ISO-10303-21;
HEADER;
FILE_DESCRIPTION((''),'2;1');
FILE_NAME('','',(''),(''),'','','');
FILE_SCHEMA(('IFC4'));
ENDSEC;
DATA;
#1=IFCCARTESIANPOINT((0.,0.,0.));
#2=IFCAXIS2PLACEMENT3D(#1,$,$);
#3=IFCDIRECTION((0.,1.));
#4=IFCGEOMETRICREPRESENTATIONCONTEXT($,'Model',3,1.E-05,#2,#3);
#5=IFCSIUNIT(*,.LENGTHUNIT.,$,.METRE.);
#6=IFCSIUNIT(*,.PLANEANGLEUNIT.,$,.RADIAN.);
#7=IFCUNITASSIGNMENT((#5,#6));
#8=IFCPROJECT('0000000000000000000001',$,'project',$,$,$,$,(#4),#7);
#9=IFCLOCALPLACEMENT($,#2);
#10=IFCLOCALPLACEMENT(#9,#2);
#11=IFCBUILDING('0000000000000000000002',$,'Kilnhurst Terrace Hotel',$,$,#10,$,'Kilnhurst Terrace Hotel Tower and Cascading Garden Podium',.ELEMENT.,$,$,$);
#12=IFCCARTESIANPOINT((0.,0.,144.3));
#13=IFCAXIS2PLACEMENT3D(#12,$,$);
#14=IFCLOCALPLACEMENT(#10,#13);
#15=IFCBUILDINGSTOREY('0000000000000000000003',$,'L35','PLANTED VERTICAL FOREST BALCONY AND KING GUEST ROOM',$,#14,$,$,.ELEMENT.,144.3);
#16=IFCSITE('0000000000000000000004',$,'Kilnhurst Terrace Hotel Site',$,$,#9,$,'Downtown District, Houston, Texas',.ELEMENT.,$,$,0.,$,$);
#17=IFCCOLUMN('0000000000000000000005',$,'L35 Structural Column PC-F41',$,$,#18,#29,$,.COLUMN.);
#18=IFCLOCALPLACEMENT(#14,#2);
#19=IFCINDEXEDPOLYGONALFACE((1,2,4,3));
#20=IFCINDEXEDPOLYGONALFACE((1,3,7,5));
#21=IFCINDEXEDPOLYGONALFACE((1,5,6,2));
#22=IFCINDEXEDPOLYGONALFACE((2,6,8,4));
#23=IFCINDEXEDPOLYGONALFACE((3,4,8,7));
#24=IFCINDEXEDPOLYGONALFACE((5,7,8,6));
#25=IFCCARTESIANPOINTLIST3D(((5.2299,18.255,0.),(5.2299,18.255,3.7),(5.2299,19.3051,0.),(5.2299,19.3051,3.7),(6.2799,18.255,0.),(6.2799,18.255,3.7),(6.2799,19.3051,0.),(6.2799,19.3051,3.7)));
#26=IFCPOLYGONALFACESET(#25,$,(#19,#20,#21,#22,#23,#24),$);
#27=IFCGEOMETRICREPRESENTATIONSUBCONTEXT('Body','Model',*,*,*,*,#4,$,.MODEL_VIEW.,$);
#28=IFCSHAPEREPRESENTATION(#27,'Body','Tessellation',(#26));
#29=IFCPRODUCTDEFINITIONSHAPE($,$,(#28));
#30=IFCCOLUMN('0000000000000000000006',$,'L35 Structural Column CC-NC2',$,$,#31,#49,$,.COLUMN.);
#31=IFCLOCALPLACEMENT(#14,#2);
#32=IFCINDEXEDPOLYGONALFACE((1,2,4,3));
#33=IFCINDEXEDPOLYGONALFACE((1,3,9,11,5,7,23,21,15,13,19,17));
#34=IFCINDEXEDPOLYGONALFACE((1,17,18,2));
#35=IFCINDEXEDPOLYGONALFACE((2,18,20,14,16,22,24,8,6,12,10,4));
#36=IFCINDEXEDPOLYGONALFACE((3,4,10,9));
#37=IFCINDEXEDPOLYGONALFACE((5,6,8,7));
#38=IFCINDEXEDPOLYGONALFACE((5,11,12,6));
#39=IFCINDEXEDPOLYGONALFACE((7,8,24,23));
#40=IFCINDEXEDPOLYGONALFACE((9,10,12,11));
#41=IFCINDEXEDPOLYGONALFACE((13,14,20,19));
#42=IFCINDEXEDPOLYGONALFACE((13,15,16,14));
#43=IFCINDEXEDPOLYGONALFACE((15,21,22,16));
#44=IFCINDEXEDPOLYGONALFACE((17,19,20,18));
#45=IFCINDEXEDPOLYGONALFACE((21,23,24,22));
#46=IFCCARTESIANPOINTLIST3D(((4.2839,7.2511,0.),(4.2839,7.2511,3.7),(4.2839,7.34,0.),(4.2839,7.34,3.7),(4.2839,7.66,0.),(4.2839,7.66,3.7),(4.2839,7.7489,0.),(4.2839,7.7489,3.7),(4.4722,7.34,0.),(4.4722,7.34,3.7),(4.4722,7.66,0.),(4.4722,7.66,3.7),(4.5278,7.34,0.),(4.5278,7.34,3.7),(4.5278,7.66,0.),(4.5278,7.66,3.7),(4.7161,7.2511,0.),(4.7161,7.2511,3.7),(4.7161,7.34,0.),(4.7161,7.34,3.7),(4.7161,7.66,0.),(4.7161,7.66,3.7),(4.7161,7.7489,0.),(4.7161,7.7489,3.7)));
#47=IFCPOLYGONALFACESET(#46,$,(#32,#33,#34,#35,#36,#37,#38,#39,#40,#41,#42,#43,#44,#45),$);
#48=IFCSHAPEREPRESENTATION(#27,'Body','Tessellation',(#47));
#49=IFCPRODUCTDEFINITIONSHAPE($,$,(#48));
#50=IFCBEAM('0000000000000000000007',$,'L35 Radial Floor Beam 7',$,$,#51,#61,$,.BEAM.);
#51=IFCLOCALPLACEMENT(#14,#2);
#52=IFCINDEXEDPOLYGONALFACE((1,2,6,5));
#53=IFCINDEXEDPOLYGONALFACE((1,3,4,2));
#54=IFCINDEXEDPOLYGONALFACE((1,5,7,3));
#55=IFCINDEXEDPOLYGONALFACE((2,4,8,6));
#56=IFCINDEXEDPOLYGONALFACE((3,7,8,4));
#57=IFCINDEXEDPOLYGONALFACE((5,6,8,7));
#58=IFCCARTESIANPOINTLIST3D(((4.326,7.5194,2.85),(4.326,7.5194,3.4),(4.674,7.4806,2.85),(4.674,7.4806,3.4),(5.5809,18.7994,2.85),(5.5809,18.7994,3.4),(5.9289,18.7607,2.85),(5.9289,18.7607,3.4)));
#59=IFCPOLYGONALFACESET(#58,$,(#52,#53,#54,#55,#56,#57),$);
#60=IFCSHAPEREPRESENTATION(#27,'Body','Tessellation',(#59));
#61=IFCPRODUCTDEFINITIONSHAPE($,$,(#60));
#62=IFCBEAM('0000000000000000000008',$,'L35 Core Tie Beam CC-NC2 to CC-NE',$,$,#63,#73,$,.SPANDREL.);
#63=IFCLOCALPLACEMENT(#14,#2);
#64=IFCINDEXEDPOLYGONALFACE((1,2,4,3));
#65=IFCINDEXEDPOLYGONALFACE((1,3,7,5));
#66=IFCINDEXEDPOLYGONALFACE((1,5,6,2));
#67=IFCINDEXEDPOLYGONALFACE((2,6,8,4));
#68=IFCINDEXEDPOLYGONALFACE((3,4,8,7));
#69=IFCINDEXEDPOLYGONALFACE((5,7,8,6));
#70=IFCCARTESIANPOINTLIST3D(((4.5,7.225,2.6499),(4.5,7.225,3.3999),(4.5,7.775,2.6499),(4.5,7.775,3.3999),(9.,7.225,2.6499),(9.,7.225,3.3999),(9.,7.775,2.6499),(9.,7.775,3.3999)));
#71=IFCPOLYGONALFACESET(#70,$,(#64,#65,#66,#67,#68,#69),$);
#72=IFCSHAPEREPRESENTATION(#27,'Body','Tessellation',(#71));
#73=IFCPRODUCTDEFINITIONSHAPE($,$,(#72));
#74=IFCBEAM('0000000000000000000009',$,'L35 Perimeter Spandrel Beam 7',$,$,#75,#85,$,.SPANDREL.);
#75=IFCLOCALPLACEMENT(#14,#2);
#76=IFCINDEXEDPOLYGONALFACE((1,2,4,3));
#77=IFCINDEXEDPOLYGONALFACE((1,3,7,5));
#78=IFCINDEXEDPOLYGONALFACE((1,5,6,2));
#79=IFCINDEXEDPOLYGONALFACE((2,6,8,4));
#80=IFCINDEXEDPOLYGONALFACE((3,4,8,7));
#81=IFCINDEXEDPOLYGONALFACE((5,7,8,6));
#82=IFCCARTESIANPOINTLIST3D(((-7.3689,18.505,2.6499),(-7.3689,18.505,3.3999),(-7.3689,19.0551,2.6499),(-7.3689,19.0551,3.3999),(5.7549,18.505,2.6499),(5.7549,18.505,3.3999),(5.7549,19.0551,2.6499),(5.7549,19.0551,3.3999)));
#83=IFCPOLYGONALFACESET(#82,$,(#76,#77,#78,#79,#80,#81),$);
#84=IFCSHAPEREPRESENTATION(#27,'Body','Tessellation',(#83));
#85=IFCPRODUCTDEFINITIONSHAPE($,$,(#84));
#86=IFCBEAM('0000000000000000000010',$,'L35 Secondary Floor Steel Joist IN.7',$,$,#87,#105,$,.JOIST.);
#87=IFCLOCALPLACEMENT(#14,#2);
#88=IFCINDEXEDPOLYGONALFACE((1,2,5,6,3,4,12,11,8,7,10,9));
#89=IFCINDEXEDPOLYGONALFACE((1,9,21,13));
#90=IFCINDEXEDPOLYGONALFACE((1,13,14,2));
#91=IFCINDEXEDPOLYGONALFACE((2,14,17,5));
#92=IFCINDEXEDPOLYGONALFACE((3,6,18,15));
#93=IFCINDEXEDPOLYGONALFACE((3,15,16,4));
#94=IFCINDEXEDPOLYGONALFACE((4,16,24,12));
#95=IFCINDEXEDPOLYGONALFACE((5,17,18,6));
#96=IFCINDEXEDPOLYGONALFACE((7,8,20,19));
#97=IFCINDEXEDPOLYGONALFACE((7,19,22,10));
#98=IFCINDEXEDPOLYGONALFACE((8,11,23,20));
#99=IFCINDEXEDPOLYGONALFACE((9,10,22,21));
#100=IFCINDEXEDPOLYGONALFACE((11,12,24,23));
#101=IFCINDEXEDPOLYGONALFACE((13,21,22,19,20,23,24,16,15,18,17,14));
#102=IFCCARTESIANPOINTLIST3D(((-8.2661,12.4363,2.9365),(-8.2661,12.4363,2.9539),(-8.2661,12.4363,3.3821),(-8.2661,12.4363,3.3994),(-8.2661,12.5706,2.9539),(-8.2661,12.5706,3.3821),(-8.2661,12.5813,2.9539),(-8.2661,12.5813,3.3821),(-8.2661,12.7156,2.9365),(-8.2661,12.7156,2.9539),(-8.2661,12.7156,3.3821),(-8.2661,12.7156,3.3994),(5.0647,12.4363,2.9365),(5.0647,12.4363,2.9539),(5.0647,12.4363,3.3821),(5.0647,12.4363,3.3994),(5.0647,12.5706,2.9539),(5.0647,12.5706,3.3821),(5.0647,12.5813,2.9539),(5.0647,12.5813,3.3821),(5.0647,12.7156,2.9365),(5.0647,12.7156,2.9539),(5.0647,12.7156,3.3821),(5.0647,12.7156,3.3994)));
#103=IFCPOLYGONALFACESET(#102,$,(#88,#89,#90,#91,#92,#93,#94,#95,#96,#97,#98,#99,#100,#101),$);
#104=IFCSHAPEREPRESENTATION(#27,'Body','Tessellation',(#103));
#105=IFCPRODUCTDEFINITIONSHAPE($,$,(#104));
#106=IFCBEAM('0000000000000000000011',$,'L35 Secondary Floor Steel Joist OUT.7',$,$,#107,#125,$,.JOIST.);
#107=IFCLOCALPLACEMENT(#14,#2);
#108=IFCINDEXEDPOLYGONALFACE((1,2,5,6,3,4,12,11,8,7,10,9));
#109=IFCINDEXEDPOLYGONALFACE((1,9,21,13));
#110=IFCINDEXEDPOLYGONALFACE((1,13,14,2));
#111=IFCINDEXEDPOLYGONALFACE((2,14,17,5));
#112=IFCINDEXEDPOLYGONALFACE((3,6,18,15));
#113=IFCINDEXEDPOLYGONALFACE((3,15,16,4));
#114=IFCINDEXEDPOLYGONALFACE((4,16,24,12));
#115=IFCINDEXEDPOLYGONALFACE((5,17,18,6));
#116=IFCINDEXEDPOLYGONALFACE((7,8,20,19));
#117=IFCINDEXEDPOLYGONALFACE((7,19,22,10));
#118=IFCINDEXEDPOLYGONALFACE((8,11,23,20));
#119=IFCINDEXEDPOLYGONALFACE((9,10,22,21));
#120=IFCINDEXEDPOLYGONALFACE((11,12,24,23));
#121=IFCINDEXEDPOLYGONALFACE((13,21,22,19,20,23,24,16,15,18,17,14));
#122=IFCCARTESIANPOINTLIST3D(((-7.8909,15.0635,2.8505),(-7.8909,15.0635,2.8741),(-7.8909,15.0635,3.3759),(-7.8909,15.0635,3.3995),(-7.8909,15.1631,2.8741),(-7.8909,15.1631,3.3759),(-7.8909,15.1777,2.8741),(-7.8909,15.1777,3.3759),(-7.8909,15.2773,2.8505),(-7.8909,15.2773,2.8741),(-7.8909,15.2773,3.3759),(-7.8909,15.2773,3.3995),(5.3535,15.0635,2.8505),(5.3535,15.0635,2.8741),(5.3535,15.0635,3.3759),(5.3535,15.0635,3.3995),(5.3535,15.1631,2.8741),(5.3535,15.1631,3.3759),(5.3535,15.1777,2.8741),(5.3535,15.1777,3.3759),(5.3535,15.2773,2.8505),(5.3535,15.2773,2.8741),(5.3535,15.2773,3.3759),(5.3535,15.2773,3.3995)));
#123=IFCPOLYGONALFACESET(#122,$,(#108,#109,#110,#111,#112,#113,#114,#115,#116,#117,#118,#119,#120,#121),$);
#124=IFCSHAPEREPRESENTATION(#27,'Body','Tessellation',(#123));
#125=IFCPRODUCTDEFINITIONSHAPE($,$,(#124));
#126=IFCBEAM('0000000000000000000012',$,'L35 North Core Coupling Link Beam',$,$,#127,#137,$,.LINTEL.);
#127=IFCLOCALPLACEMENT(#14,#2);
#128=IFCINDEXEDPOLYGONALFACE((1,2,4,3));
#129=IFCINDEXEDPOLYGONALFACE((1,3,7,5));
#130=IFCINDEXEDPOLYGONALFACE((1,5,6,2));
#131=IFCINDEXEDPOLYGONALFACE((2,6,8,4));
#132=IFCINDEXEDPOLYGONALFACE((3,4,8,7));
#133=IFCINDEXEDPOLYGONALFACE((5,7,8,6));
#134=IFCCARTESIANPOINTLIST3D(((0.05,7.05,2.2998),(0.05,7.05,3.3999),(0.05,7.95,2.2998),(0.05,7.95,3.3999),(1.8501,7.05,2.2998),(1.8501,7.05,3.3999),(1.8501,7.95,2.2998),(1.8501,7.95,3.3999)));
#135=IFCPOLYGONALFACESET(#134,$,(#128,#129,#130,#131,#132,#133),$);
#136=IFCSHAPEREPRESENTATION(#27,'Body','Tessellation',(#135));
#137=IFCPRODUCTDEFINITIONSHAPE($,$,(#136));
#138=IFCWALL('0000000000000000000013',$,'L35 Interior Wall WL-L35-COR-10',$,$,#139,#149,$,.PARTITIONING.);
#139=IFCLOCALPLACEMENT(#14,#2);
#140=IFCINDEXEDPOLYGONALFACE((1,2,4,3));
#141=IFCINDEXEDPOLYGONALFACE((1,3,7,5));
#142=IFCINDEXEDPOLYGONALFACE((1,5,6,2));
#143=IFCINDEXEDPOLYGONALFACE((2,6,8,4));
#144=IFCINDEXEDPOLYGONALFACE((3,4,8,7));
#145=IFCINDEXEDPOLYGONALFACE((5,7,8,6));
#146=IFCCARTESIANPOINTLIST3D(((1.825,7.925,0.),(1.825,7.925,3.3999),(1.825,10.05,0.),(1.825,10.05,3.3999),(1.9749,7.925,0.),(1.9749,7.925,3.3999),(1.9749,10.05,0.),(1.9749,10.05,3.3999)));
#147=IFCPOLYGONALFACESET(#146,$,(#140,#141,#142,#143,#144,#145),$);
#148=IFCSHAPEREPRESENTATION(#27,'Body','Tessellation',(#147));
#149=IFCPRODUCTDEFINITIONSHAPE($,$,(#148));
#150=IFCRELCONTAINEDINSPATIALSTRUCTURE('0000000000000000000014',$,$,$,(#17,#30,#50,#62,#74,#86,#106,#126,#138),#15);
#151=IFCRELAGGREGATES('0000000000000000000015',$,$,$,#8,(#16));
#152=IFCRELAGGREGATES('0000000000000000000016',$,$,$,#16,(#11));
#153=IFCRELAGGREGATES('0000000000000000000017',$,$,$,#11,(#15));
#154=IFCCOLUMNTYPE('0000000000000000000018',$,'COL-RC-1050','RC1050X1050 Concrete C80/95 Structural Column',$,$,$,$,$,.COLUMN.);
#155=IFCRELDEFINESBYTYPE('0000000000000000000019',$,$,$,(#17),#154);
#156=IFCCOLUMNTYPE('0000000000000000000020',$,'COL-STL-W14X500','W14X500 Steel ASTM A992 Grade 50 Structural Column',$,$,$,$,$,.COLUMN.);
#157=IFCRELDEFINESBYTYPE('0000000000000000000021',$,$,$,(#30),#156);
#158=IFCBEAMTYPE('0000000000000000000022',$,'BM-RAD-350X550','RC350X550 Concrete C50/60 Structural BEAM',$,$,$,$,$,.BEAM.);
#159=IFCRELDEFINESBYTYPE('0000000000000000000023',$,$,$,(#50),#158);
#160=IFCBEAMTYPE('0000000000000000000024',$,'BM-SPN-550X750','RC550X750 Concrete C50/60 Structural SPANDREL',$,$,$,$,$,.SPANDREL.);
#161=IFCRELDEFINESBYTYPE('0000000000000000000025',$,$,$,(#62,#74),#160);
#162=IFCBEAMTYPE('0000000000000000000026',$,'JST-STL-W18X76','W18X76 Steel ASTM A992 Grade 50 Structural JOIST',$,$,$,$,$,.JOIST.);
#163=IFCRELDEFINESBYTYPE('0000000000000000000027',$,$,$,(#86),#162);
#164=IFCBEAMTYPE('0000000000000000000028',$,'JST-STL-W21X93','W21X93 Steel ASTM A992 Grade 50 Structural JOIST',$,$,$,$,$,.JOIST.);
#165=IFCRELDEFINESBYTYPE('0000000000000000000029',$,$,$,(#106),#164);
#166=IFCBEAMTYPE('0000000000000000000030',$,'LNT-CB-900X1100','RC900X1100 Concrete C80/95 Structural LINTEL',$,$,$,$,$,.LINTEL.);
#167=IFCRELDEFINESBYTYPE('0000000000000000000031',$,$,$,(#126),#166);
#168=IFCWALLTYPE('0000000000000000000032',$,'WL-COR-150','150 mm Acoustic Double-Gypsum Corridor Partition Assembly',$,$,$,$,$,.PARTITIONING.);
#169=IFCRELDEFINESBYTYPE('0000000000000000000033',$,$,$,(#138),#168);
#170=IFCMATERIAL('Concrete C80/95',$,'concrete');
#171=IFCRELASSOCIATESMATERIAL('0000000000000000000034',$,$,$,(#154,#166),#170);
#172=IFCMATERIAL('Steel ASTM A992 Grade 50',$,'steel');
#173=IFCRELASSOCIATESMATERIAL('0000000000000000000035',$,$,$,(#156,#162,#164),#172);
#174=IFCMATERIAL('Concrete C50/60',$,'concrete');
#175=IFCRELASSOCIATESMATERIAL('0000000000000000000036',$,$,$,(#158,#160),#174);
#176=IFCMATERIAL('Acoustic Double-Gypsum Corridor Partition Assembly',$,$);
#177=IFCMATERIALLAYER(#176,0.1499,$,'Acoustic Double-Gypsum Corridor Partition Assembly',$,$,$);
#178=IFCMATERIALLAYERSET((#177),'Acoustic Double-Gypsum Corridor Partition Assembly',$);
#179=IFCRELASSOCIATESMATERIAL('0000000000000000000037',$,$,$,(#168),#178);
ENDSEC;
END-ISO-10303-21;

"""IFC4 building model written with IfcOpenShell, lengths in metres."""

from ifc_helpers import new_model, si_unit, direction, frame, frame_2d, origin, origin_2d, place, context, subcontext, project, spatial, rectangle, i_section, extrude, material, layer, layer_set, material_profile, profile_set, type_object, element, save


model = new_model("IFC4")

# Units and contexts
model_context = context("Model", 3, precision=1e-05, world=origin(), true_north=direction((0.0, 1.0)))
body_context = subcontext(model_context, "Body", "Model", "MODEL_VIEW")
ifc_project = project(units=[si_unit("LENGTHUNIT", "METRE"), si_unit("PLANEANGLEUNIT", "RADIAN")], contexts=[model_context])

# Site, building, storey
site_placement = place(None, origin())
site = spatial("IfcSite", under=ifc_project, at=site_placement, Name="Kilnhurst Terrace Hotel Site", LongName="Downtown District, Houston, Texas", CompositionType="ELEMENT", RefElevation=0.0)
building_placement = place(site_placement, origin())
building = spatial("IfcBuilding", under=site, at=building_placement, Name="Kilnhurst Terrace Hotel", LongName="Kilnhurst Terrace Hotel Tower and Cascading Garden Podium", CompositionType="ELEMENT")
storey_placement = place(building_placement, frame((0.0, 0.0, 144.3)))
storey = spatial("IfcBuildingStorey", under=building, at=storey_placement, Name="L35", Description="PLANTED VERTICAL FOREST BALCONY AND KING GUEST ROOM", CompositionType="ELEMENT", Elevation=144.3)

# Columns
ifc_material_1 = material(Name="Concrete C80/95", Category="concrete")
ifc_material_profile_1 = material_profile(ifc_material_1, rectangle(XDim=1.05, YDim=1.05, at=origin_2d()), Name="RC1050X1050")
ifc_profile_set_1 = profile_set([ifc_material_profile_1], Name="Concrete C80/95")
column_type_1 = type_object("IfcColumnType", Name="COL-RC-1050", Description="RC1050X1050 Concrete C80/95 Structural Column", PredefinedType="COLUMN", material=ifc_profile_set_1)
column_1_placement = place(storey_placement, frame((5.7549, 18.78, 0.0), z_axis=(0.0, 0.0, 1.0), x_axis=(1.0, 0.0, 0.0)))
element("IfcColumn", 1, at=column_1_placement, inside=storey, type_object=column_type_1, Name="L35 Structural Column PC-F41", PredefinedType="COLUMN", context=body_context, shape_type="SweptSolid", body=[
    extrude(rectangle(XDim=1.05, YDim=1.05, at=origin_2d()), origin(), (0.0, 0.0, 1.0), 3.7),
])
ifc_material_2 = material(Name="Steel ASTM A992 Grade 50", Category="steel")
ifc_material_profile_2 = material_profile(ifc_material_2, i_section(OverallWidth=0.4321, OverallDepth=0.4978, WebThickness=0.0557, FlangeThickness=0.0889, at=origin_2d()), Name="W14X500")
ifc_profile_set_2 = profile_set([ifc_material_profile_2], Name="Steel ASTM A992 Grade 50")
column_type_2 = type_object("IfcColumnType", Name="COL-STL-W14X500", Description="W14X500 Steel ASTM A992 Grade 50 Structural Column", PredefinedType="COLUMN", material=ifc_profile_set_2)
column_2_placement = place(storey_placement, frame((4.5, 7.5, 0.0), z_axis=(0.0, 0.0, 1.0), x_axis=(1.0, 0.0, 0.0)))
element("IfcColumn", 2, at=column_2_placement, inside=storey, type_object=column_type_2, Name="L35 Structural Column CC-NC2", PredefinedType="COLUMN", context=body_context, shape_type="SweptSolid", body=[
    extrude(i_section(OverallWidth=0.4321, OverallDepth=0.4978, WebThickness=0.0557, FlangeThickness=0.0889, at=origin_2d()), origin(), (0.0, 0.0, 1.0), 3.7),
])

# Beams
ifc_material_3 = material(Name="Concrete C50/60", Category="concrete")
ifc_material_profile_3 = material_profile(ifc_material_3, rectangle(XDim=0.3501, YDim=0.55, at=origin_2d()), Name="RC350X550")
ifc_profile_set_3 = profile_set([ifc_material_profile_3], Name="Concrete C50/60")
beam_type_1 = type_object("IfcBeamType", Name="BM-RAD-350X550", Description="RC350X550 Concrete C50/60 Structural BEAM", PredefinedType="BEAM", material=ifc_profile_set_3)
beam_1_placement = place(storey_placement, frame((4.5, 7.5, 3.125), z_axis=(0.110566, 0.993869, 0.0), x_axis=(-0.993869, 0.110566, 0.0)))
element("IfcBeam", 3, at=beam_1_placement, inside=storey, type_object=beam_type_1, Name="L35 Radial Floor Beam 7", PredefinedType="BEAM", context=body_context, shape_type="SweptSolid", body=[
    extrude(rectangle(XDim=0.3501, YDim=0.55, at=origin_2d()), origin(), (0.0, 0.0, 1.0), 11.3496),
])
ifc_material_profile_4 = material_profile(ifc_material_3, rectangle(XDim=0.55, YDim=0.75, at=origin_2d()), Name="RC550X750")
ifc_profile_set_4 = profile_set([ifc_material_profile_4], Name="Concrete C50/60")
beam_type_2 = type_object("IfcBeamType", Name="BM-SPN-550X750", Description="RC550X750 Concrete C50/60 Structural SPANDREL", PredefinedType="SPANDREL", material=ifc_profile_set_4)
beam_2_placement = place(storey_placement, frame((4.5, 7.5, 3.0249), z_axis=(1.0, 0.0, 0.0), x_axis=(0.0, 1.0, 0.0)))
element("IfcBeam", 4, at=beam_2_placement, inside=storey, type_object=beam_type_2, Name="L35 Core Tie Beam CC-NC2 to CC-NE", PredefinedType="SPANDREL", context=body_context, shape_type="SweptSolid", body=[
    extrude(rectangle(XDim=0.55, YDim=0.75, at=origin_2d()), origin(), (0.0, 0.0, 1.0), 4.5),
])
beam_3_placement = place(storey_placement, frame((5.7549, 18.78, 3.0249), z_axis=(-1.0, 0.0, 0.0), x_axis=(0.0, -1.0, 0.0)))
element("IfcBeam", 5, at=beam_3_placement, inside=storey, type_object=beam_type_2, Name="L35 Perimeter Spandrel Beam 7", PredefinedType="SPANDREL", context=body_context, shape_type="SweptSolid", body=[
    extrude(rectangle(XDim=0.55, YDim=0.75, at=origin_2d()), origin(), (0.0, 0.0, 1.0), 13.1238),
])
ifc_material_profile_5 = material_profile(ifc_material_2, i_section(OverallWidth=0.2793, OverallDepth=0.4629, WebThickness=0.0107, FlangeThickness=0.0173, at=origin_2d()), Name="W18X76")
ifc_profile_set_5 = profile_set([ifc_material_profile_5], Name="Steel ASTM A992 Grade 50")
beam_type_3 = type_object("IfcBeamType", Name="JST-STL-W18X76", Description="W18X76 Steel ASTM A992 Grade 50 Structural JOIST", PredefinedType="JOIST", material=ifc_profile_set_5)
beam_4_placement = place(storey_placement, frame((5.0647, 12.5759, 3.168), z_axis=(-1.0, 0.0, 0.0), x_axis=(0.0, -1.0, 0.0)))
element("IfcBeam", 6, at=beam_4_placement, inside=storey, type_object=beam_type_3, Name="L35 Secondary Floor Steel Joist IN.7", PredefinedType="JOIST", context=body_context, shape_type="SweptSolid", body=[
    extrude(i_section(OverallWidth=0.2793, OverallDepth=0.4629, WebThickness=0.0107, FlangeThickness=0.0173, at=origin_2d()), origin(), (0.0, 0.0, 1.0), 13.3308),
])
ifc_material_profile_6 = material_profile(ifc_material_2, i_section(OverallWidth=0.2139, OverallDepth=0.5491, WebThickness=0.0146, FlangeThickness=0.0237, at=origin_2d()), Name="W21X93")
ifc_profile_set_6 = profile_set([ifc_material_profile_6], Name="Steel ASTM A992 Grade 50")
beam_type_4 = type_object("IfcBeamType", Name="JST-STL-W21X93", Description="W21X93 Steel ASTM A992 Grade 50 Structural JOIST", PredefinedType="JOIST", material=ifc_profile_set_6)
beam_5_placement = place(storey_placement, frame((5.3535, 15.1704, 3.125), z_axis=(-1.0, 0.0, 0.0), x_axis=(0.0, -1.0, 0.0)))
element("IfcBeam", 7, at=beam_5_placement, inside=storey, type_object=beam_type_4, Name="L35 Secondary Floor Steel Joist OUT.7", PredefinedType="JOIST", context=body_context, shape_type="SweptSolid", body=[
    extrude(i_section(OverallWidth=0.2139, OverallDepth=0.5491, WebThickness=0.0146, FlangeThickness=0.0237, at=origin_2d()), origin(), (0.0, 0.0, 1.0), 13.2444),
])
ifc_material_profile_7 = material_profile(ifc_material_1, rectangle(XDim=0.8999, YDim=1.1001, at=origin_2d()), Name="RC900X1100")
ifc_profile_set_7 = profile_set([ifc_material_profile_7], Name="Concrete C80/95")
beam_type_5 = type_object("IfcBeamType", Name="LNT-CB-900X1100", Description="RC900X1100 Concrete C80/95 Structural LINTEL", PredefinedType="LINTEL", material=ifc_profile_set_7)
beam_6_placement = place(storey_placement, frame((0.05, 7.5, 2.8499), z_axis=(1.0, 0.0, 0.0), x_axis=(0.0, 1.0, 0.0)))
element("IfcBeam", 8, at=beam_6_placement, inside=storey, type_object=beam_type_5, Name="L35 North Core Coupling Link Beam", PredefinedType="LINTEL", context=body_context, shape_type="SweptSolid", body=[
    extrude(rectangle(XDim=0.8999, YDim=1.1001, at=origin_2d()), origin(), (0.0, 0.0, 1.0), 1.8),
])

# Wall
ifc_material_4 = material(Name="Acoustic Double-Gypsum Corridor Partition Assembly")
ifc_layer_1 = layer(ifc_material_4, 0.1499, Name="Acoustic Double-Gypsum Corridor Partition Assembly")
ifc_layer_set_1 = layer_set([ifc_layer_1], Name="Acoustic Double-Gypsum Corridor Partition Assembly")
wall_type_1 = type_object("IfcWallType", Name="WL-COR-150", Description="150 mm Acoustic Double-Gypsum Corridor Partition Assembly", PredefinedType="PARTITIONING", material=ifc_layer_set_1)
wall_1_placement = place(storey_placement, frame((1.8999, 10.05, 0.0), z_axis=(0.0, 0.0, 1.0), x_axis=(0.0, -1.0, 0.0)))
element("IfcWall", 9, at=wall_1_placement, inside=storey, type_object=wall_type_1, Name="L35 Interior Wall WL-L35-COR-10", PredefinedType="PARTITIONING", context=body_context, shape_type="SweptSolid", body=[
    extrude(rectangle(XDim=2.125, YDim=0.1499, at=frame_2d((1.0625, 0.0))), origin(), (0.0, 0.0, 1.0), 3.3999),
])

save(model, "model.ifc")
